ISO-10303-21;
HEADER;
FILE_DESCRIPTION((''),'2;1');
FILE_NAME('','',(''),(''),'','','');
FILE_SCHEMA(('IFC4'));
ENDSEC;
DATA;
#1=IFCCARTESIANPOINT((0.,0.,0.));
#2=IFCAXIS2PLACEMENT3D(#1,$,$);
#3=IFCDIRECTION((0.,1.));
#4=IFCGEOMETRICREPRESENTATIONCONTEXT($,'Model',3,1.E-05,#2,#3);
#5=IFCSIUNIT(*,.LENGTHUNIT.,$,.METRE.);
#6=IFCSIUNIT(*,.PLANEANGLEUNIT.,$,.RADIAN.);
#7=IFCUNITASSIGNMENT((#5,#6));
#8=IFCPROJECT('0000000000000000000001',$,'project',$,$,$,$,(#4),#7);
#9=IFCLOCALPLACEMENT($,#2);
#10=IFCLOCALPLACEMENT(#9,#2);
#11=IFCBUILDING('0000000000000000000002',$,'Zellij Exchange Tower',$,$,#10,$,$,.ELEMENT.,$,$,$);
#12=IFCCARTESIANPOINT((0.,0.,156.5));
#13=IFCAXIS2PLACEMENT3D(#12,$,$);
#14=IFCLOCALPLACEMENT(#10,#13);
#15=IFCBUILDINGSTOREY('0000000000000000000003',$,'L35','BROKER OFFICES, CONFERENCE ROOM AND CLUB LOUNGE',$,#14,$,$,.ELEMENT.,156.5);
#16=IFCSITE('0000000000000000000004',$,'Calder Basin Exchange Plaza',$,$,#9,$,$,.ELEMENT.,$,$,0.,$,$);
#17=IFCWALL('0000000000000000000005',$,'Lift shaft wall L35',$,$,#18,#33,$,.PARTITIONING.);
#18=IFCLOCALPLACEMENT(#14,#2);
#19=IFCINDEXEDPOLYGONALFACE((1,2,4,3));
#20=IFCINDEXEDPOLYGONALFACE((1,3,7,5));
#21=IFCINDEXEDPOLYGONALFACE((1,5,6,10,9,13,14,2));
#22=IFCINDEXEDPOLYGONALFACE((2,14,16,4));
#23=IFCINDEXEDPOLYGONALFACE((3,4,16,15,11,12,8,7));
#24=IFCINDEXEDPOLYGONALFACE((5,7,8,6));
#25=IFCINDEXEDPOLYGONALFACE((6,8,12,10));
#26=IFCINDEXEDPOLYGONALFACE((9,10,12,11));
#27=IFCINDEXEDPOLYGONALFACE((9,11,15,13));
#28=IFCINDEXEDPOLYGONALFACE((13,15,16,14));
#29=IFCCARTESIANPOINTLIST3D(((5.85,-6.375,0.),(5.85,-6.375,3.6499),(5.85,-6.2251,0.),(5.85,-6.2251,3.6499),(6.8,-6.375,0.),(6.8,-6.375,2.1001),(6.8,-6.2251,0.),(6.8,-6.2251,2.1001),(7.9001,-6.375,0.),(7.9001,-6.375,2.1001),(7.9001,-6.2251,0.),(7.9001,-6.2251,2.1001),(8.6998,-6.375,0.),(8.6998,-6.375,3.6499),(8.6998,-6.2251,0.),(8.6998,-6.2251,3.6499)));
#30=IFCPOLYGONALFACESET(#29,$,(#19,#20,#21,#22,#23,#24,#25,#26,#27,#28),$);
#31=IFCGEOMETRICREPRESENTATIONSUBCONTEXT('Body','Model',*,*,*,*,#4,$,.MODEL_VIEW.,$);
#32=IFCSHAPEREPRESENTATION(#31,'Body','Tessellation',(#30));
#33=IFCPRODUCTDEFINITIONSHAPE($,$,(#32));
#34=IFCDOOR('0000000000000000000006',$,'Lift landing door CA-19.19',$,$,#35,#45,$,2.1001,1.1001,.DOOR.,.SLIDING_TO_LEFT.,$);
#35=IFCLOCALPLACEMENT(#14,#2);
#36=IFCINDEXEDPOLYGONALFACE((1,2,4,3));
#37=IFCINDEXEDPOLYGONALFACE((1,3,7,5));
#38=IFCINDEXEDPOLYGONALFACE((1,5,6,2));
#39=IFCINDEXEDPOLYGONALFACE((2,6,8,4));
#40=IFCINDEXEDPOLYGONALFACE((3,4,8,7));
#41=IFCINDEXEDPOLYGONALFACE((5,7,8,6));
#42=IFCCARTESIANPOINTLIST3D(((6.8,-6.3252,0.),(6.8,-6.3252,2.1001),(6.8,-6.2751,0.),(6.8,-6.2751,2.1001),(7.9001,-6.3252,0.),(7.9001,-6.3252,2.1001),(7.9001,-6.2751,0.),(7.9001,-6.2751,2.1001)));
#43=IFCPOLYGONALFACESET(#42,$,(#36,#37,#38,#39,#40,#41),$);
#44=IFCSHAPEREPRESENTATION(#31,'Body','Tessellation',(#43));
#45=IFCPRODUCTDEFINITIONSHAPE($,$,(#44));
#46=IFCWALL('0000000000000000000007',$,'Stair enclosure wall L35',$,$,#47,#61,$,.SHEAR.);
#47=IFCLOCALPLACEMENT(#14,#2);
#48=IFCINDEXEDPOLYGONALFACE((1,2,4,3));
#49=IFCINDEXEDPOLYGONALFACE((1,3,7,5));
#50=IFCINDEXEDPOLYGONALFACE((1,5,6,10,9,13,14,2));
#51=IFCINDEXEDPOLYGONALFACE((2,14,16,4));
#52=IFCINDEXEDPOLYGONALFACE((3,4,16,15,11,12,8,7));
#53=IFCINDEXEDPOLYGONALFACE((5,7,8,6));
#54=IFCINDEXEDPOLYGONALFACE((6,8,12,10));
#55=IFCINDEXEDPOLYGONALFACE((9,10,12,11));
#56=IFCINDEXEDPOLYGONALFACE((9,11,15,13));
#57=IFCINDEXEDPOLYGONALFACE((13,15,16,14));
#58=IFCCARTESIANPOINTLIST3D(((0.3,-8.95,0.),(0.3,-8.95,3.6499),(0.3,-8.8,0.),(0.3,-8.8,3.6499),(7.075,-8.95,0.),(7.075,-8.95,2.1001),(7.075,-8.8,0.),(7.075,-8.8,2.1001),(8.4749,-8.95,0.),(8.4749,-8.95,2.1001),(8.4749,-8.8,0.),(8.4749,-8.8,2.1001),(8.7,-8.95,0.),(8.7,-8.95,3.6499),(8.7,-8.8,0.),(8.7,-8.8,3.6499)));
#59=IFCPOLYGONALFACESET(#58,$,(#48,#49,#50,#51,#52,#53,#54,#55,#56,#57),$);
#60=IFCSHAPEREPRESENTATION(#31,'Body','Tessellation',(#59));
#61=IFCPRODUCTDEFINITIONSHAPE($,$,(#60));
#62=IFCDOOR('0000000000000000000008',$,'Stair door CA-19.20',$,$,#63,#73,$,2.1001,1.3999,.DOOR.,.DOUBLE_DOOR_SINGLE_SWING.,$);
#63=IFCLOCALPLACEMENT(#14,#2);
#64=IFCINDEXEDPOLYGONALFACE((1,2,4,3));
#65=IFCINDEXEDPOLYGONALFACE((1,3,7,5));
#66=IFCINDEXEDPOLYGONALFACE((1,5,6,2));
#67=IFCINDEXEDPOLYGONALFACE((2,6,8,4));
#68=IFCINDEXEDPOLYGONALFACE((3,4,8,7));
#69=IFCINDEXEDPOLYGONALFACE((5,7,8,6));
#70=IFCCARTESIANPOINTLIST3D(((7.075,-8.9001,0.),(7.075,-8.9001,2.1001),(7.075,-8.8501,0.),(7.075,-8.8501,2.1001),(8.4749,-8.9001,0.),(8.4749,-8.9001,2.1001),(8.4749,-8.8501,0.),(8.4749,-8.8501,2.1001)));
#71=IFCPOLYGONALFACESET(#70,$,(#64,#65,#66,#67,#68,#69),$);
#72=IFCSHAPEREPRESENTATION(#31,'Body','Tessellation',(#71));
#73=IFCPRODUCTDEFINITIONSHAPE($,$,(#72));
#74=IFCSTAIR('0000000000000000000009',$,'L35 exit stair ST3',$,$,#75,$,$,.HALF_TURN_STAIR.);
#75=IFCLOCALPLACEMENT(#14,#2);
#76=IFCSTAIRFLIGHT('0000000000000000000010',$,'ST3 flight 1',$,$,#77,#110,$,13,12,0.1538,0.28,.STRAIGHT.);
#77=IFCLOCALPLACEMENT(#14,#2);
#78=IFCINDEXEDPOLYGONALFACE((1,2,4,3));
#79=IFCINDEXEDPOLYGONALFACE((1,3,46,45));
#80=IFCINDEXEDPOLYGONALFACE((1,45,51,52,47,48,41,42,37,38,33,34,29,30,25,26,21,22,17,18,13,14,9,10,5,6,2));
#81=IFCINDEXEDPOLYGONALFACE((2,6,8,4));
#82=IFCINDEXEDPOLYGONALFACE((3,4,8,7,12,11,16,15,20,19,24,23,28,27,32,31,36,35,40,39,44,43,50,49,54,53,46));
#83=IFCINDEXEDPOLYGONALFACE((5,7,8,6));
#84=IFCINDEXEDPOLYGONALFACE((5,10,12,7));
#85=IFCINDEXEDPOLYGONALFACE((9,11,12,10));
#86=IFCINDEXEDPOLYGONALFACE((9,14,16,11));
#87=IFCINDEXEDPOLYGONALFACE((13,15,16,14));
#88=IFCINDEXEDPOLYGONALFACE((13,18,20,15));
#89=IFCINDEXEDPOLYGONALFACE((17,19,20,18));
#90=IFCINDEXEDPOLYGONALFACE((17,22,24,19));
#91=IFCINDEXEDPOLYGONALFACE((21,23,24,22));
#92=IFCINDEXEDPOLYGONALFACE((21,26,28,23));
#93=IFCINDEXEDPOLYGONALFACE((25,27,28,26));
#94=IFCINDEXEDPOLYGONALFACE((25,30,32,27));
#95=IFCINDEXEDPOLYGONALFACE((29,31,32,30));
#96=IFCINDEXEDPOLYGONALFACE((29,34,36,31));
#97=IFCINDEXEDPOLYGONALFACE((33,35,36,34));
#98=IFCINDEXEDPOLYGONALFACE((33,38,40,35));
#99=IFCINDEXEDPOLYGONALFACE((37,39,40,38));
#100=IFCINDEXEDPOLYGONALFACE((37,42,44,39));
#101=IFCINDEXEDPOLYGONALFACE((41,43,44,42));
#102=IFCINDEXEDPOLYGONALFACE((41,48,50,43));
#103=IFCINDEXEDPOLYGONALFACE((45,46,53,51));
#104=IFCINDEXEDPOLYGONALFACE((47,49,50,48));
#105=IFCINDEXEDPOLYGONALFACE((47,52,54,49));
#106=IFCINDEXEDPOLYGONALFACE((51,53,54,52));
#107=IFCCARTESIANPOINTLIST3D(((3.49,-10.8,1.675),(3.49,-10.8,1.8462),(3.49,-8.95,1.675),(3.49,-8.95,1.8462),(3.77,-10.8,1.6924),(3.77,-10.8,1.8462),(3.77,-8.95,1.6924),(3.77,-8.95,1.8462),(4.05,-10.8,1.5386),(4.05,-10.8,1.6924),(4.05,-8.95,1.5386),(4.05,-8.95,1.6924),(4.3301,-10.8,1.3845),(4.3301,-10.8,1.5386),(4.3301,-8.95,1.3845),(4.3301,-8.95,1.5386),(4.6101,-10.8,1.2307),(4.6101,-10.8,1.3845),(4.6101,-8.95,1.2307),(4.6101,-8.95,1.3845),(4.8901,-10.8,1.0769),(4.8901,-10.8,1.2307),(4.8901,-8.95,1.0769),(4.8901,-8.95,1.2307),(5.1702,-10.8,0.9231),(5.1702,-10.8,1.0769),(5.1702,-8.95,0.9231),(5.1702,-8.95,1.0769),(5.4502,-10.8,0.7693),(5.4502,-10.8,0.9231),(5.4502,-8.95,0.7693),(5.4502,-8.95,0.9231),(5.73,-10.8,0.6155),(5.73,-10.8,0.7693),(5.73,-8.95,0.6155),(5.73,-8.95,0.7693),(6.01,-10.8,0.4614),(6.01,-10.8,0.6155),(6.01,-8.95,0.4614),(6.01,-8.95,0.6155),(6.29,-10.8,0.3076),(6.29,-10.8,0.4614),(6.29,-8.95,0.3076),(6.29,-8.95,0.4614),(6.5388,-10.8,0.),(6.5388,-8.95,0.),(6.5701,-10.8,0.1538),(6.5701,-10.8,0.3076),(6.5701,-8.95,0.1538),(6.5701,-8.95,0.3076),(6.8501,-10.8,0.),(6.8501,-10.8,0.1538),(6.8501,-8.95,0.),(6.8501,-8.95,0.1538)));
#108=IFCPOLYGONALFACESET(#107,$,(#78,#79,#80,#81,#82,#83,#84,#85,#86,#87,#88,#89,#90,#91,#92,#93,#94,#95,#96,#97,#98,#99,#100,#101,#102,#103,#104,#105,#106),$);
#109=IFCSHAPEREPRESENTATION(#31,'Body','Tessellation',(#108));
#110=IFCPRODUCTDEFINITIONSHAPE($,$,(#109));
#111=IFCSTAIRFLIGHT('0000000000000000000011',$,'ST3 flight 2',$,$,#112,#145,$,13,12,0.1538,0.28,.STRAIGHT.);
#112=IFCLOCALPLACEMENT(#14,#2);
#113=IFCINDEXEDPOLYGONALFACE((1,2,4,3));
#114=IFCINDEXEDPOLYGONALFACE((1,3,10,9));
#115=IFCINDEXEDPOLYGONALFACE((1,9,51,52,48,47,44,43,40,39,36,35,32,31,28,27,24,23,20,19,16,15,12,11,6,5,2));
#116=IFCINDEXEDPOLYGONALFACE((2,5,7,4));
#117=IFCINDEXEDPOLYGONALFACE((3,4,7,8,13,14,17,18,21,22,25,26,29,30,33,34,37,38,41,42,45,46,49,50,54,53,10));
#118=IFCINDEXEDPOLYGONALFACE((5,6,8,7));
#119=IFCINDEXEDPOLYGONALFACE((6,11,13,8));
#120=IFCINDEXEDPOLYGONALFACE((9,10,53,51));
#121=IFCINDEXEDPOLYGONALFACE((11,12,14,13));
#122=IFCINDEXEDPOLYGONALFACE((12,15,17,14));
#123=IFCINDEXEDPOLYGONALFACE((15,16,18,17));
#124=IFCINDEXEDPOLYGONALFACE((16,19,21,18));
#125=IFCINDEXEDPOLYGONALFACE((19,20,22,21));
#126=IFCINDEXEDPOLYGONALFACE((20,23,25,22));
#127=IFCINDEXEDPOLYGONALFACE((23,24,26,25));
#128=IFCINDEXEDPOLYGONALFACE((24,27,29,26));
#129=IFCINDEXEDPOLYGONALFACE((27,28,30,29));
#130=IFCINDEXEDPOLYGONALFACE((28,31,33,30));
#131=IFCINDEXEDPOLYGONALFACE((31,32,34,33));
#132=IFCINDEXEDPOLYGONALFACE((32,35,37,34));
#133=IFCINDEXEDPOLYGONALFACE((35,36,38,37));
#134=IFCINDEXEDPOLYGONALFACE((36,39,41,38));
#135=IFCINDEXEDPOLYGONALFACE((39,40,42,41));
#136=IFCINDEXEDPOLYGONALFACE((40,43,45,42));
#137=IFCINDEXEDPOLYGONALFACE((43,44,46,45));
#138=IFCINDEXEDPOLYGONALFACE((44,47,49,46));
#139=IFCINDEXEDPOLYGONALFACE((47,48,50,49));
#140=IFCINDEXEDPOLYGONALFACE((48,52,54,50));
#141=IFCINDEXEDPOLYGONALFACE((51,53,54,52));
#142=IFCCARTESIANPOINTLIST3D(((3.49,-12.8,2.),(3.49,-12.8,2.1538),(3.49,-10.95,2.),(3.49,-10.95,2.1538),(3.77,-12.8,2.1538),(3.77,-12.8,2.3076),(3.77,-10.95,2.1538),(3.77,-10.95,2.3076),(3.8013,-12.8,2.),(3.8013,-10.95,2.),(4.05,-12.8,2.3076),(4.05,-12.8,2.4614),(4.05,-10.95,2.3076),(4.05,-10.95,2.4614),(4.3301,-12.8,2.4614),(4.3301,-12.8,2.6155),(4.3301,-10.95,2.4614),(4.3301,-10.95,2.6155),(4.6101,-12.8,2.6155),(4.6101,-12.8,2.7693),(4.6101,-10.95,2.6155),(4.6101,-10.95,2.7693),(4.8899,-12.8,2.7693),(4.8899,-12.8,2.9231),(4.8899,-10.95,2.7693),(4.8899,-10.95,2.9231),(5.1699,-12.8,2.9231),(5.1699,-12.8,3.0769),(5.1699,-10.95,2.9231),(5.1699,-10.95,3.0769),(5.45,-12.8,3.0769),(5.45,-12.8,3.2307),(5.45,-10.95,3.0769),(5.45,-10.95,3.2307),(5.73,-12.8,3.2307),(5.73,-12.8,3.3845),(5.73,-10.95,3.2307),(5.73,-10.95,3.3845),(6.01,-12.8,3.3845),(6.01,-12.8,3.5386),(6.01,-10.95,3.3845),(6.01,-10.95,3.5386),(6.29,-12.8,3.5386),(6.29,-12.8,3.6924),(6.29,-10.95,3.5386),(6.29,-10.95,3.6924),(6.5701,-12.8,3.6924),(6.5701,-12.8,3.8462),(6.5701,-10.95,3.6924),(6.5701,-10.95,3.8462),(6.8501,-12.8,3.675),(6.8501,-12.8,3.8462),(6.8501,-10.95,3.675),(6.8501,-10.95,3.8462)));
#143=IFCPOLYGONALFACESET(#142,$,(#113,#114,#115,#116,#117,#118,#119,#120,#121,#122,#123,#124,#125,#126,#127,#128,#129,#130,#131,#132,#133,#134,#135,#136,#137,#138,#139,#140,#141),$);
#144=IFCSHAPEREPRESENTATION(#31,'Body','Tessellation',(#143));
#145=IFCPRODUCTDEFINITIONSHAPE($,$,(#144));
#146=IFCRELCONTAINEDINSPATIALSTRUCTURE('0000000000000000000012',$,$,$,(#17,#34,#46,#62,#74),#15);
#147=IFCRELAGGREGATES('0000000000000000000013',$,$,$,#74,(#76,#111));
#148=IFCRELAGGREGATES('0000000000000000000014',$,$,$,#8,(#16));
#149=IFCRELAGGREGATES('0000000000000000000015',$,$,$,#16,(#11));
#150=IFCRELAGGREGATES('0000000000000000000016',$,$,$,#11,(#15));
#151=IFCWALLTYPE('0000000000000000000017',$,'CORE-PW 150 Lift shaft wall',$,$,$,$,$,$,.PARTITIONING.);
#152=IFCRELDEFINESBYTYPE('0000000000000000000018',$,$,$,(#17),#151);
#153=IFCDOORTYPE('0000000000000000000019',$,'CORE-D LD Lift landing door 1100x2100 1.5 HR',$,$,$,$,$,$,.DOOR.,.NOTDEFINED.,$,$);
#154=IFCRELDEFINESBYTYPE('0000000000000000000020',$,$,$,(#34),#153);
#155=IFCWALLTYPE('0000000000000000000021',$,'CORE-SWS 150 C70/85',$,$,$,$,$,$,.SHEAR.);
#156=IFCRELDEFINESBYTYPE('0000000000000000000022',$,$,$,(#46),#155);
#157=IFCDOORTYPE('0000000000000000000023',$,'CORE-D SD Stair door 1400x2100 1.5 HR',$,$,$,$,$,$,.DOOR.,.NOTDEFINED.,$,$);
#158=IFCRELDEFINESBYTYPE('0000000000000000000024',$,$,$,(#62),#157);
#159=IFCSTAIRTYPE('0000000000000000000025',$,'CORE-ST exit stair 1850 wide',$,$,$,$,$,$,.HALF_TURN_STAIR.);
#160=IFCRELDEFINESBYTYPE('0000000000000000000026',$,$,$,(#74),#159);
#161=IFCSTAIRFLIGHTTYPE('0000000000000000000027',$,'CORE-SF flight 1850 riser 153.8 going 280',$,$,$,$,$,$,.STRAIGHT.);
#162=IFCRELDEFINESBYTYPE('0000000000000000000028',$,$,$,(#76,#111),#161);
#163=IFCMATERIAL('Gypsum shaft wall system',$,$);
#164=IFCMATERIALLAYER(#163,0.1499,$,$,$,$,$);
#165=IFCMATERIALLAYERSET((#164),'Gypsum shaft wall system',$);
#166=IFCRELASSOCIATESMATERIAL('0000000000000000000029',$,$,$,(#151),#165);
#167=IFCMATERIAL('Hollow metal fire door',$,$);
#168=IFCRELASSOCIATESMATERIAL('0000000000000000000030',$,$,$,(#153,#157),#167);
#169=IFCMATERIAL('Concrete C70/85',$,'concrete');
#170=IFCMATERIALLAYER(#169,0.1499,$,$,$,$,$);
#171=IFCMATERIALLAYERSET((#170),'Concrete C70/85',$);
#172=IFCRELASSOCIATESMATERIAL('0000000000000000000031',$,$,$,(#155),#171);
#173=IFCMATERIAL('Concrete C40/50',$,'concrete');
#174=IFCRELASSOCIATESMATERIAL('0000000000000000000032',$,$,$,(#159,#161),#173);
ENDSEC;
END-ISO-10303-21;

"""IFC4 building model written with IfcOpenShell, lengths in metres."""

from ifc_helpers import new_model, si_unit, direction, frame, frame_2d, origin, place, context, subcontext, project, spatial, polyline, rectangle, outline, extrude, material, layer, layer_set, type_object, element, fill, aggregate, save


model = new_model("IFC4")

# Units and contexts
model_context = context("Model", 3, precision=1e-05, world=origin(), true_north=direction((0.0, 1.0)))
body_context = subcontext(model_context, "Body", "Model", "MODEL_VIEW")
ifc_project = project(units=[si_unit("LENGTHUNIT", "METRE"), si_unit("PLANEANGLEUNIT", "RADIAN")], contexts=[model_context])

# Site, building, storey
site_placement = place(None, origin())
site = spatial("IfcSite", under=ifc_project, at=site_placement, Name="Calder Basin Exchange Plaza", CompositionType="ELEMENT", RefElevation=0.0)
building_placement = place(site_placement, origin())
building = spatial("IfcBuilding", under=site, at=building_placement, Name="Zellij Exchange Tower", CompositionType="ELEMENT")
storey_placement = place(building_placement, frame((0.0, 0.0, 156.5)))
storey = spatial("IfcBuildingStorey", under=building, at=storey_placement, Name="L35", Description="BROKER OFFICES, CONFERENCE ROOM AND CLUB LOUNGE", CompositionType="ELEMENT", Elevation=156.5)

# Shared definitions
ifc_material_1 = material(Name="Concrete C70/85", Category="concrete")

# Walls, openings, doors
ifc_material_2 = material(Name="Gypsum shaft wall system")
ifc_material_3 = material(Name="Hollow metal fire door")
ifc_layer_1 = layer(ifc_material_2, 0.1499)
ifc_layer_set_1 = layer_set([ifc_layer_1], Name="Gypsum shaft wall system")
wall_type_1 = type_object("IfcWallType", Name="CORE-PW 150 Lift shaft wall", PredefinedType="PARTITIONING", material=ifc_layer_set_1)
door_type_1 = type_object("IfcDoorType", Name="CORE-D LD Lift landing door 1100x2100 1.5 HR", OperationType="NOTDEFINED", PredefinedType="DOOR", material=ifc_material_3)
wall_1_placement = place(storey_placement, frame((5.8501, -6.3, 0.0), z_axis=(0.0, 0.0, 1.0), x_axis=(1.0, 0.0, 0.0)))
wall_1 = element("IfcWall", 1, at=wall_1_placement, inside=storey, type_object=wall_type_1, Name="Lift shaft wall L35", PredefinedType="PARTITIONING", context=body_context, shape_type="SweptSolid", body=[
    extrude(rectangle(XDim=2.8499, YDim=0.1499, at=frame_2d((1.4248, 0.0))), origin(), (0.0, 0.0, 1.0), 3.6499),
])
opening_1_placement = place(wall_1_placement, frame((0.95, 0.0, 0.0)))
opening_1 = element("IfcOpeningElement", 2, at=opening_1_placement, cuts=wall_1, PredefinedType="OPENING", context=body_context, shape_type="SweptSolid", body=[
    extrude(rectangle(XDim=1.1001, YDim=2.1001, at=frame_2d((0.55, 1.05))), frame((0.0, 0.0869, 0.0), z_axis=(0.0, -1.0, 0.0), x_axis=(1.0, 0.0, 0.0)), (0.0, 0.0, 1.0), 0.1738),
])
door_1_placement = place(opening_1_placement, origin())
door_1 = element("IfcDoor", 3, at=door_1_placement, inside=storey, type_object=door_type_1, Name="Lift landing door CA-19.19", OperationType="SLIDING_TO_LEFT", OverallHeight=2.1001, OverallWidth=1.1001, PredefinedType="DOOR", context=body_context, shape_type="SweptSolid", body=[
    extrude(rectangle(XDim=1.1001, YDim=2.1001, at=frame_2d((0.55, 1.05))), frame((0.0, 0.0249, 0.0), z_axis=(0.0, -1.0, 0.0), x_axis=(1.0, 0.0, 0.0)), (0.0, 0.0, 1.0), 0.05),
])
fill(opening_1, door_1)
ifc_layer_2 = layer(ifc_material_1, 0.1499)
ifc_layer_set_2 = layer_set([ifc_layer_2], Name="Concrete C70/85")
wall_type_2 = type_object("IfcWallType", Name="CORE-SWS 150 C70/85", PredefinedType="SHEAR", material=ifc_layer_set_2)
wall_2_placement = place(storey_placement, frame((0.3, -8.875, 0.0), z_axis=(0.0, 0.0, 1.0), x_axis=(1.0, 0.0, 0.0)))
wall_2 = element("IfcWall", 4, at=wall_2_placement, inside=storey, type_object=wall_type_2, Name="Stair enclosure wall L35", PredefinedType="SHEAR", context=body_context, shape_type="SweptSolid", body=[
    extrude(rectangle(XDim=8.3999, YDim=0.1499, at=frame_2d((4.2, 0.0))), origin(), (0.0, 0.0, 1.0), 3.6499),
])
opening_2_placement = place(wall_2_placement, frame((6.7749, 0.0, 0.0)))
opening_2 = element("IfcOpeningElement", 5, at=opening_2_placement, cuts=wall_2, PredefinedType="OPENING", context=body_context, shape_type="SweptSolid", body=[
    extrude(rectangle(XDim=1.3999, YDim=2.1001, at=frame_2d((0.7, 1.05))), frame((0.0, 0.0869, 0.0), z_axis=(0.0, -1.0, 0.0), x_axis=(1.0, 0.0, 0.0)), (0.0, 0.0, 1.0), 0.1738),
])
door_type_2 = type_object("IfcDoorType", Name="CORE-D SD Stair door 1400x2100 1.5 HR", OperationType="NOTDEFINED", PredefinedType="DOOR", material=ifc_material_3)
door_2_placement = place(opening_2_placement, origin())
door_2 = element("IfcDoor", 6, at=door_2_placement, inside=storey, type_object=door_type_2, Name="Stair door CA-19.20", OperationType="DOUBLE_DOOR_SINGLE_SWING", OverallHeight=2.1001, OverallWidth=1.3999, PredefinedType="DOOR", context=body_context, shape_type="SweptSolid", body=[
    extrude(rectangle(XDim=1.3999, YDim=2.1001, at=frame_2d((0.7, 1.05))), frame((0.0, 0.0249, 0.0), z_axis=(0.0, -1.0, 0.0), x_axis=(1.0, 0.0, 0.0)), (0.0, 0.0, 1.0), 0.05),
])
fill(opening_2, door_2)

# Stair, stair flights
ifc_material_4 = material(Name="Concrete C40/50", Category="concrete")
stair_type = type_object("IfcStairType", Name="CORE-ST exit stair 1850 wide", PredefinedType="HALF_TURN_STAIR", material=ifc_material_4)
stair_placement = place(storey_placement, origin())
stair = element("IfcStair", 7, at=stair_placement, inside=storey, type_object=stair_type, Name="L35 exit stair ST3", PredefinedType="HALF_TURN_STAIR")
stair_flight_type = type_object("IfcStairFlightType", Name="CORE-SF flight 1850 riser 153.8 going 280", PredefinedType="STRAIGHT", material=ifc_material_4)
stair_flight_1_placement = place(storey_placement, frame((6.8501, -9.875, 0.0), z_axis=(0.0, 0.0, 1.0), x_axis=(-1.0, 0.0, 0.0)))
stair_flight_1 = element("IfcStairFlight", 8, at=stair_flight_1_placement, type_object=stair_flight_type, Name="ST3 flight 1", NumberOfRisers=13, NumberOfTreads=12, PredefinedType="STRAIGHT", RiserHeight=0.1538, TreadLength=0.28, context=body_context, shape_type="SweptSolid", body=[
    extrude(outline(polyline([(0.0, 0.0), (0.0, 0.1538), (0.28, 0.1538), (0.28, 0.3076), (0.5601, 0.3076), (0.5601, 0.4614), (0.8401, 0.4614), (0.8401, 0.6155), (1.1201, 0.6155), (1.1201, 0.7693), (1.3999, 0.7693), (1.3999, 0.9231), (1.6799, 0.9231), (1.6799, 1.0769), (1.96, 1.0769), (1.96, 1.2307), (2.24, 1.2307), (2.24, 1.3845), (2.52, 1.3845), (2.52, 1.5386), (2.8, 1.5386), (2.8, 1.6924), (3.0801, 1.6924), (3.0801, 1.8462), (3.3601, 1.8462), (3.3601, 2.0), (3.3601, 1.675), (0.3113, 0.0), (0.0, 0.0)])), frame((0.0, 0.925, 0.0), z_axis=(0.0, -1.0, 0.0), x_axis=(1.0, 0.0, 0.0)), (0.0, 0.0, 1.0), 1.8501),
])
stair_flight_2_placement = place(storey_placement, frame((3.49, -11.875, 2.0), z_axis=(0.0, 0.0, 1.0), x_axis=(1.0, 0.0, 0.0)))
stair_flight_2 = element("IfcStairFlight", 9, at=stair_flight_2_placement, type_object=stair_flight_type, Name="ST3 flight 2", NumberOfRisers=13, NumberOfTreads=12, PredefinedType="STRAIGHT", RiserHeight=0.1538, TreadLength=0.28, context=body_context, shape_type="SweptSolid", body=[
    extrude(outline(polyline([(0.0, 0.0), (0.0, 0.1538), (0.28, 0.1538), (0.28, 0.3076), (0.5601, 0.3076), (0.5601, 0.4614), (0.8401, 0.4614), (0.8401, 0.6155), (1.1201, 0.6155), (1.1201, 0.7693), (1.3999, 0.7693), (1.3999, 0.9231), (1.6799, 0.9231), (1.6799, 1.0769), (1.96, 1.0769), (1.96, 1.2307), (2.24, 1.2307), (2.24, 1.3845), (2.52, 1.3845), (2.52, 1.5386), (2.8, 1.5386), (2.8, 1.6924), (3.0801, 1.6924), (3.0801, 1.8462), (3.3601, 1.8462), (3.3601, 2.0), (3.3601, 1.675), (0.3113, 0.0), (0.0, 0.0)])), frame((0.0, 0.925, 0.0), z_axis=(0.0, -1.0, 0.0), x_axis=(1.0, 0.0, 0.0)), (0.0, 0.0, 1.0), 1.8501),
])
aggregate(stair, [stair_flight_1, stair_flight_2])

save(model, "model.ifc")
